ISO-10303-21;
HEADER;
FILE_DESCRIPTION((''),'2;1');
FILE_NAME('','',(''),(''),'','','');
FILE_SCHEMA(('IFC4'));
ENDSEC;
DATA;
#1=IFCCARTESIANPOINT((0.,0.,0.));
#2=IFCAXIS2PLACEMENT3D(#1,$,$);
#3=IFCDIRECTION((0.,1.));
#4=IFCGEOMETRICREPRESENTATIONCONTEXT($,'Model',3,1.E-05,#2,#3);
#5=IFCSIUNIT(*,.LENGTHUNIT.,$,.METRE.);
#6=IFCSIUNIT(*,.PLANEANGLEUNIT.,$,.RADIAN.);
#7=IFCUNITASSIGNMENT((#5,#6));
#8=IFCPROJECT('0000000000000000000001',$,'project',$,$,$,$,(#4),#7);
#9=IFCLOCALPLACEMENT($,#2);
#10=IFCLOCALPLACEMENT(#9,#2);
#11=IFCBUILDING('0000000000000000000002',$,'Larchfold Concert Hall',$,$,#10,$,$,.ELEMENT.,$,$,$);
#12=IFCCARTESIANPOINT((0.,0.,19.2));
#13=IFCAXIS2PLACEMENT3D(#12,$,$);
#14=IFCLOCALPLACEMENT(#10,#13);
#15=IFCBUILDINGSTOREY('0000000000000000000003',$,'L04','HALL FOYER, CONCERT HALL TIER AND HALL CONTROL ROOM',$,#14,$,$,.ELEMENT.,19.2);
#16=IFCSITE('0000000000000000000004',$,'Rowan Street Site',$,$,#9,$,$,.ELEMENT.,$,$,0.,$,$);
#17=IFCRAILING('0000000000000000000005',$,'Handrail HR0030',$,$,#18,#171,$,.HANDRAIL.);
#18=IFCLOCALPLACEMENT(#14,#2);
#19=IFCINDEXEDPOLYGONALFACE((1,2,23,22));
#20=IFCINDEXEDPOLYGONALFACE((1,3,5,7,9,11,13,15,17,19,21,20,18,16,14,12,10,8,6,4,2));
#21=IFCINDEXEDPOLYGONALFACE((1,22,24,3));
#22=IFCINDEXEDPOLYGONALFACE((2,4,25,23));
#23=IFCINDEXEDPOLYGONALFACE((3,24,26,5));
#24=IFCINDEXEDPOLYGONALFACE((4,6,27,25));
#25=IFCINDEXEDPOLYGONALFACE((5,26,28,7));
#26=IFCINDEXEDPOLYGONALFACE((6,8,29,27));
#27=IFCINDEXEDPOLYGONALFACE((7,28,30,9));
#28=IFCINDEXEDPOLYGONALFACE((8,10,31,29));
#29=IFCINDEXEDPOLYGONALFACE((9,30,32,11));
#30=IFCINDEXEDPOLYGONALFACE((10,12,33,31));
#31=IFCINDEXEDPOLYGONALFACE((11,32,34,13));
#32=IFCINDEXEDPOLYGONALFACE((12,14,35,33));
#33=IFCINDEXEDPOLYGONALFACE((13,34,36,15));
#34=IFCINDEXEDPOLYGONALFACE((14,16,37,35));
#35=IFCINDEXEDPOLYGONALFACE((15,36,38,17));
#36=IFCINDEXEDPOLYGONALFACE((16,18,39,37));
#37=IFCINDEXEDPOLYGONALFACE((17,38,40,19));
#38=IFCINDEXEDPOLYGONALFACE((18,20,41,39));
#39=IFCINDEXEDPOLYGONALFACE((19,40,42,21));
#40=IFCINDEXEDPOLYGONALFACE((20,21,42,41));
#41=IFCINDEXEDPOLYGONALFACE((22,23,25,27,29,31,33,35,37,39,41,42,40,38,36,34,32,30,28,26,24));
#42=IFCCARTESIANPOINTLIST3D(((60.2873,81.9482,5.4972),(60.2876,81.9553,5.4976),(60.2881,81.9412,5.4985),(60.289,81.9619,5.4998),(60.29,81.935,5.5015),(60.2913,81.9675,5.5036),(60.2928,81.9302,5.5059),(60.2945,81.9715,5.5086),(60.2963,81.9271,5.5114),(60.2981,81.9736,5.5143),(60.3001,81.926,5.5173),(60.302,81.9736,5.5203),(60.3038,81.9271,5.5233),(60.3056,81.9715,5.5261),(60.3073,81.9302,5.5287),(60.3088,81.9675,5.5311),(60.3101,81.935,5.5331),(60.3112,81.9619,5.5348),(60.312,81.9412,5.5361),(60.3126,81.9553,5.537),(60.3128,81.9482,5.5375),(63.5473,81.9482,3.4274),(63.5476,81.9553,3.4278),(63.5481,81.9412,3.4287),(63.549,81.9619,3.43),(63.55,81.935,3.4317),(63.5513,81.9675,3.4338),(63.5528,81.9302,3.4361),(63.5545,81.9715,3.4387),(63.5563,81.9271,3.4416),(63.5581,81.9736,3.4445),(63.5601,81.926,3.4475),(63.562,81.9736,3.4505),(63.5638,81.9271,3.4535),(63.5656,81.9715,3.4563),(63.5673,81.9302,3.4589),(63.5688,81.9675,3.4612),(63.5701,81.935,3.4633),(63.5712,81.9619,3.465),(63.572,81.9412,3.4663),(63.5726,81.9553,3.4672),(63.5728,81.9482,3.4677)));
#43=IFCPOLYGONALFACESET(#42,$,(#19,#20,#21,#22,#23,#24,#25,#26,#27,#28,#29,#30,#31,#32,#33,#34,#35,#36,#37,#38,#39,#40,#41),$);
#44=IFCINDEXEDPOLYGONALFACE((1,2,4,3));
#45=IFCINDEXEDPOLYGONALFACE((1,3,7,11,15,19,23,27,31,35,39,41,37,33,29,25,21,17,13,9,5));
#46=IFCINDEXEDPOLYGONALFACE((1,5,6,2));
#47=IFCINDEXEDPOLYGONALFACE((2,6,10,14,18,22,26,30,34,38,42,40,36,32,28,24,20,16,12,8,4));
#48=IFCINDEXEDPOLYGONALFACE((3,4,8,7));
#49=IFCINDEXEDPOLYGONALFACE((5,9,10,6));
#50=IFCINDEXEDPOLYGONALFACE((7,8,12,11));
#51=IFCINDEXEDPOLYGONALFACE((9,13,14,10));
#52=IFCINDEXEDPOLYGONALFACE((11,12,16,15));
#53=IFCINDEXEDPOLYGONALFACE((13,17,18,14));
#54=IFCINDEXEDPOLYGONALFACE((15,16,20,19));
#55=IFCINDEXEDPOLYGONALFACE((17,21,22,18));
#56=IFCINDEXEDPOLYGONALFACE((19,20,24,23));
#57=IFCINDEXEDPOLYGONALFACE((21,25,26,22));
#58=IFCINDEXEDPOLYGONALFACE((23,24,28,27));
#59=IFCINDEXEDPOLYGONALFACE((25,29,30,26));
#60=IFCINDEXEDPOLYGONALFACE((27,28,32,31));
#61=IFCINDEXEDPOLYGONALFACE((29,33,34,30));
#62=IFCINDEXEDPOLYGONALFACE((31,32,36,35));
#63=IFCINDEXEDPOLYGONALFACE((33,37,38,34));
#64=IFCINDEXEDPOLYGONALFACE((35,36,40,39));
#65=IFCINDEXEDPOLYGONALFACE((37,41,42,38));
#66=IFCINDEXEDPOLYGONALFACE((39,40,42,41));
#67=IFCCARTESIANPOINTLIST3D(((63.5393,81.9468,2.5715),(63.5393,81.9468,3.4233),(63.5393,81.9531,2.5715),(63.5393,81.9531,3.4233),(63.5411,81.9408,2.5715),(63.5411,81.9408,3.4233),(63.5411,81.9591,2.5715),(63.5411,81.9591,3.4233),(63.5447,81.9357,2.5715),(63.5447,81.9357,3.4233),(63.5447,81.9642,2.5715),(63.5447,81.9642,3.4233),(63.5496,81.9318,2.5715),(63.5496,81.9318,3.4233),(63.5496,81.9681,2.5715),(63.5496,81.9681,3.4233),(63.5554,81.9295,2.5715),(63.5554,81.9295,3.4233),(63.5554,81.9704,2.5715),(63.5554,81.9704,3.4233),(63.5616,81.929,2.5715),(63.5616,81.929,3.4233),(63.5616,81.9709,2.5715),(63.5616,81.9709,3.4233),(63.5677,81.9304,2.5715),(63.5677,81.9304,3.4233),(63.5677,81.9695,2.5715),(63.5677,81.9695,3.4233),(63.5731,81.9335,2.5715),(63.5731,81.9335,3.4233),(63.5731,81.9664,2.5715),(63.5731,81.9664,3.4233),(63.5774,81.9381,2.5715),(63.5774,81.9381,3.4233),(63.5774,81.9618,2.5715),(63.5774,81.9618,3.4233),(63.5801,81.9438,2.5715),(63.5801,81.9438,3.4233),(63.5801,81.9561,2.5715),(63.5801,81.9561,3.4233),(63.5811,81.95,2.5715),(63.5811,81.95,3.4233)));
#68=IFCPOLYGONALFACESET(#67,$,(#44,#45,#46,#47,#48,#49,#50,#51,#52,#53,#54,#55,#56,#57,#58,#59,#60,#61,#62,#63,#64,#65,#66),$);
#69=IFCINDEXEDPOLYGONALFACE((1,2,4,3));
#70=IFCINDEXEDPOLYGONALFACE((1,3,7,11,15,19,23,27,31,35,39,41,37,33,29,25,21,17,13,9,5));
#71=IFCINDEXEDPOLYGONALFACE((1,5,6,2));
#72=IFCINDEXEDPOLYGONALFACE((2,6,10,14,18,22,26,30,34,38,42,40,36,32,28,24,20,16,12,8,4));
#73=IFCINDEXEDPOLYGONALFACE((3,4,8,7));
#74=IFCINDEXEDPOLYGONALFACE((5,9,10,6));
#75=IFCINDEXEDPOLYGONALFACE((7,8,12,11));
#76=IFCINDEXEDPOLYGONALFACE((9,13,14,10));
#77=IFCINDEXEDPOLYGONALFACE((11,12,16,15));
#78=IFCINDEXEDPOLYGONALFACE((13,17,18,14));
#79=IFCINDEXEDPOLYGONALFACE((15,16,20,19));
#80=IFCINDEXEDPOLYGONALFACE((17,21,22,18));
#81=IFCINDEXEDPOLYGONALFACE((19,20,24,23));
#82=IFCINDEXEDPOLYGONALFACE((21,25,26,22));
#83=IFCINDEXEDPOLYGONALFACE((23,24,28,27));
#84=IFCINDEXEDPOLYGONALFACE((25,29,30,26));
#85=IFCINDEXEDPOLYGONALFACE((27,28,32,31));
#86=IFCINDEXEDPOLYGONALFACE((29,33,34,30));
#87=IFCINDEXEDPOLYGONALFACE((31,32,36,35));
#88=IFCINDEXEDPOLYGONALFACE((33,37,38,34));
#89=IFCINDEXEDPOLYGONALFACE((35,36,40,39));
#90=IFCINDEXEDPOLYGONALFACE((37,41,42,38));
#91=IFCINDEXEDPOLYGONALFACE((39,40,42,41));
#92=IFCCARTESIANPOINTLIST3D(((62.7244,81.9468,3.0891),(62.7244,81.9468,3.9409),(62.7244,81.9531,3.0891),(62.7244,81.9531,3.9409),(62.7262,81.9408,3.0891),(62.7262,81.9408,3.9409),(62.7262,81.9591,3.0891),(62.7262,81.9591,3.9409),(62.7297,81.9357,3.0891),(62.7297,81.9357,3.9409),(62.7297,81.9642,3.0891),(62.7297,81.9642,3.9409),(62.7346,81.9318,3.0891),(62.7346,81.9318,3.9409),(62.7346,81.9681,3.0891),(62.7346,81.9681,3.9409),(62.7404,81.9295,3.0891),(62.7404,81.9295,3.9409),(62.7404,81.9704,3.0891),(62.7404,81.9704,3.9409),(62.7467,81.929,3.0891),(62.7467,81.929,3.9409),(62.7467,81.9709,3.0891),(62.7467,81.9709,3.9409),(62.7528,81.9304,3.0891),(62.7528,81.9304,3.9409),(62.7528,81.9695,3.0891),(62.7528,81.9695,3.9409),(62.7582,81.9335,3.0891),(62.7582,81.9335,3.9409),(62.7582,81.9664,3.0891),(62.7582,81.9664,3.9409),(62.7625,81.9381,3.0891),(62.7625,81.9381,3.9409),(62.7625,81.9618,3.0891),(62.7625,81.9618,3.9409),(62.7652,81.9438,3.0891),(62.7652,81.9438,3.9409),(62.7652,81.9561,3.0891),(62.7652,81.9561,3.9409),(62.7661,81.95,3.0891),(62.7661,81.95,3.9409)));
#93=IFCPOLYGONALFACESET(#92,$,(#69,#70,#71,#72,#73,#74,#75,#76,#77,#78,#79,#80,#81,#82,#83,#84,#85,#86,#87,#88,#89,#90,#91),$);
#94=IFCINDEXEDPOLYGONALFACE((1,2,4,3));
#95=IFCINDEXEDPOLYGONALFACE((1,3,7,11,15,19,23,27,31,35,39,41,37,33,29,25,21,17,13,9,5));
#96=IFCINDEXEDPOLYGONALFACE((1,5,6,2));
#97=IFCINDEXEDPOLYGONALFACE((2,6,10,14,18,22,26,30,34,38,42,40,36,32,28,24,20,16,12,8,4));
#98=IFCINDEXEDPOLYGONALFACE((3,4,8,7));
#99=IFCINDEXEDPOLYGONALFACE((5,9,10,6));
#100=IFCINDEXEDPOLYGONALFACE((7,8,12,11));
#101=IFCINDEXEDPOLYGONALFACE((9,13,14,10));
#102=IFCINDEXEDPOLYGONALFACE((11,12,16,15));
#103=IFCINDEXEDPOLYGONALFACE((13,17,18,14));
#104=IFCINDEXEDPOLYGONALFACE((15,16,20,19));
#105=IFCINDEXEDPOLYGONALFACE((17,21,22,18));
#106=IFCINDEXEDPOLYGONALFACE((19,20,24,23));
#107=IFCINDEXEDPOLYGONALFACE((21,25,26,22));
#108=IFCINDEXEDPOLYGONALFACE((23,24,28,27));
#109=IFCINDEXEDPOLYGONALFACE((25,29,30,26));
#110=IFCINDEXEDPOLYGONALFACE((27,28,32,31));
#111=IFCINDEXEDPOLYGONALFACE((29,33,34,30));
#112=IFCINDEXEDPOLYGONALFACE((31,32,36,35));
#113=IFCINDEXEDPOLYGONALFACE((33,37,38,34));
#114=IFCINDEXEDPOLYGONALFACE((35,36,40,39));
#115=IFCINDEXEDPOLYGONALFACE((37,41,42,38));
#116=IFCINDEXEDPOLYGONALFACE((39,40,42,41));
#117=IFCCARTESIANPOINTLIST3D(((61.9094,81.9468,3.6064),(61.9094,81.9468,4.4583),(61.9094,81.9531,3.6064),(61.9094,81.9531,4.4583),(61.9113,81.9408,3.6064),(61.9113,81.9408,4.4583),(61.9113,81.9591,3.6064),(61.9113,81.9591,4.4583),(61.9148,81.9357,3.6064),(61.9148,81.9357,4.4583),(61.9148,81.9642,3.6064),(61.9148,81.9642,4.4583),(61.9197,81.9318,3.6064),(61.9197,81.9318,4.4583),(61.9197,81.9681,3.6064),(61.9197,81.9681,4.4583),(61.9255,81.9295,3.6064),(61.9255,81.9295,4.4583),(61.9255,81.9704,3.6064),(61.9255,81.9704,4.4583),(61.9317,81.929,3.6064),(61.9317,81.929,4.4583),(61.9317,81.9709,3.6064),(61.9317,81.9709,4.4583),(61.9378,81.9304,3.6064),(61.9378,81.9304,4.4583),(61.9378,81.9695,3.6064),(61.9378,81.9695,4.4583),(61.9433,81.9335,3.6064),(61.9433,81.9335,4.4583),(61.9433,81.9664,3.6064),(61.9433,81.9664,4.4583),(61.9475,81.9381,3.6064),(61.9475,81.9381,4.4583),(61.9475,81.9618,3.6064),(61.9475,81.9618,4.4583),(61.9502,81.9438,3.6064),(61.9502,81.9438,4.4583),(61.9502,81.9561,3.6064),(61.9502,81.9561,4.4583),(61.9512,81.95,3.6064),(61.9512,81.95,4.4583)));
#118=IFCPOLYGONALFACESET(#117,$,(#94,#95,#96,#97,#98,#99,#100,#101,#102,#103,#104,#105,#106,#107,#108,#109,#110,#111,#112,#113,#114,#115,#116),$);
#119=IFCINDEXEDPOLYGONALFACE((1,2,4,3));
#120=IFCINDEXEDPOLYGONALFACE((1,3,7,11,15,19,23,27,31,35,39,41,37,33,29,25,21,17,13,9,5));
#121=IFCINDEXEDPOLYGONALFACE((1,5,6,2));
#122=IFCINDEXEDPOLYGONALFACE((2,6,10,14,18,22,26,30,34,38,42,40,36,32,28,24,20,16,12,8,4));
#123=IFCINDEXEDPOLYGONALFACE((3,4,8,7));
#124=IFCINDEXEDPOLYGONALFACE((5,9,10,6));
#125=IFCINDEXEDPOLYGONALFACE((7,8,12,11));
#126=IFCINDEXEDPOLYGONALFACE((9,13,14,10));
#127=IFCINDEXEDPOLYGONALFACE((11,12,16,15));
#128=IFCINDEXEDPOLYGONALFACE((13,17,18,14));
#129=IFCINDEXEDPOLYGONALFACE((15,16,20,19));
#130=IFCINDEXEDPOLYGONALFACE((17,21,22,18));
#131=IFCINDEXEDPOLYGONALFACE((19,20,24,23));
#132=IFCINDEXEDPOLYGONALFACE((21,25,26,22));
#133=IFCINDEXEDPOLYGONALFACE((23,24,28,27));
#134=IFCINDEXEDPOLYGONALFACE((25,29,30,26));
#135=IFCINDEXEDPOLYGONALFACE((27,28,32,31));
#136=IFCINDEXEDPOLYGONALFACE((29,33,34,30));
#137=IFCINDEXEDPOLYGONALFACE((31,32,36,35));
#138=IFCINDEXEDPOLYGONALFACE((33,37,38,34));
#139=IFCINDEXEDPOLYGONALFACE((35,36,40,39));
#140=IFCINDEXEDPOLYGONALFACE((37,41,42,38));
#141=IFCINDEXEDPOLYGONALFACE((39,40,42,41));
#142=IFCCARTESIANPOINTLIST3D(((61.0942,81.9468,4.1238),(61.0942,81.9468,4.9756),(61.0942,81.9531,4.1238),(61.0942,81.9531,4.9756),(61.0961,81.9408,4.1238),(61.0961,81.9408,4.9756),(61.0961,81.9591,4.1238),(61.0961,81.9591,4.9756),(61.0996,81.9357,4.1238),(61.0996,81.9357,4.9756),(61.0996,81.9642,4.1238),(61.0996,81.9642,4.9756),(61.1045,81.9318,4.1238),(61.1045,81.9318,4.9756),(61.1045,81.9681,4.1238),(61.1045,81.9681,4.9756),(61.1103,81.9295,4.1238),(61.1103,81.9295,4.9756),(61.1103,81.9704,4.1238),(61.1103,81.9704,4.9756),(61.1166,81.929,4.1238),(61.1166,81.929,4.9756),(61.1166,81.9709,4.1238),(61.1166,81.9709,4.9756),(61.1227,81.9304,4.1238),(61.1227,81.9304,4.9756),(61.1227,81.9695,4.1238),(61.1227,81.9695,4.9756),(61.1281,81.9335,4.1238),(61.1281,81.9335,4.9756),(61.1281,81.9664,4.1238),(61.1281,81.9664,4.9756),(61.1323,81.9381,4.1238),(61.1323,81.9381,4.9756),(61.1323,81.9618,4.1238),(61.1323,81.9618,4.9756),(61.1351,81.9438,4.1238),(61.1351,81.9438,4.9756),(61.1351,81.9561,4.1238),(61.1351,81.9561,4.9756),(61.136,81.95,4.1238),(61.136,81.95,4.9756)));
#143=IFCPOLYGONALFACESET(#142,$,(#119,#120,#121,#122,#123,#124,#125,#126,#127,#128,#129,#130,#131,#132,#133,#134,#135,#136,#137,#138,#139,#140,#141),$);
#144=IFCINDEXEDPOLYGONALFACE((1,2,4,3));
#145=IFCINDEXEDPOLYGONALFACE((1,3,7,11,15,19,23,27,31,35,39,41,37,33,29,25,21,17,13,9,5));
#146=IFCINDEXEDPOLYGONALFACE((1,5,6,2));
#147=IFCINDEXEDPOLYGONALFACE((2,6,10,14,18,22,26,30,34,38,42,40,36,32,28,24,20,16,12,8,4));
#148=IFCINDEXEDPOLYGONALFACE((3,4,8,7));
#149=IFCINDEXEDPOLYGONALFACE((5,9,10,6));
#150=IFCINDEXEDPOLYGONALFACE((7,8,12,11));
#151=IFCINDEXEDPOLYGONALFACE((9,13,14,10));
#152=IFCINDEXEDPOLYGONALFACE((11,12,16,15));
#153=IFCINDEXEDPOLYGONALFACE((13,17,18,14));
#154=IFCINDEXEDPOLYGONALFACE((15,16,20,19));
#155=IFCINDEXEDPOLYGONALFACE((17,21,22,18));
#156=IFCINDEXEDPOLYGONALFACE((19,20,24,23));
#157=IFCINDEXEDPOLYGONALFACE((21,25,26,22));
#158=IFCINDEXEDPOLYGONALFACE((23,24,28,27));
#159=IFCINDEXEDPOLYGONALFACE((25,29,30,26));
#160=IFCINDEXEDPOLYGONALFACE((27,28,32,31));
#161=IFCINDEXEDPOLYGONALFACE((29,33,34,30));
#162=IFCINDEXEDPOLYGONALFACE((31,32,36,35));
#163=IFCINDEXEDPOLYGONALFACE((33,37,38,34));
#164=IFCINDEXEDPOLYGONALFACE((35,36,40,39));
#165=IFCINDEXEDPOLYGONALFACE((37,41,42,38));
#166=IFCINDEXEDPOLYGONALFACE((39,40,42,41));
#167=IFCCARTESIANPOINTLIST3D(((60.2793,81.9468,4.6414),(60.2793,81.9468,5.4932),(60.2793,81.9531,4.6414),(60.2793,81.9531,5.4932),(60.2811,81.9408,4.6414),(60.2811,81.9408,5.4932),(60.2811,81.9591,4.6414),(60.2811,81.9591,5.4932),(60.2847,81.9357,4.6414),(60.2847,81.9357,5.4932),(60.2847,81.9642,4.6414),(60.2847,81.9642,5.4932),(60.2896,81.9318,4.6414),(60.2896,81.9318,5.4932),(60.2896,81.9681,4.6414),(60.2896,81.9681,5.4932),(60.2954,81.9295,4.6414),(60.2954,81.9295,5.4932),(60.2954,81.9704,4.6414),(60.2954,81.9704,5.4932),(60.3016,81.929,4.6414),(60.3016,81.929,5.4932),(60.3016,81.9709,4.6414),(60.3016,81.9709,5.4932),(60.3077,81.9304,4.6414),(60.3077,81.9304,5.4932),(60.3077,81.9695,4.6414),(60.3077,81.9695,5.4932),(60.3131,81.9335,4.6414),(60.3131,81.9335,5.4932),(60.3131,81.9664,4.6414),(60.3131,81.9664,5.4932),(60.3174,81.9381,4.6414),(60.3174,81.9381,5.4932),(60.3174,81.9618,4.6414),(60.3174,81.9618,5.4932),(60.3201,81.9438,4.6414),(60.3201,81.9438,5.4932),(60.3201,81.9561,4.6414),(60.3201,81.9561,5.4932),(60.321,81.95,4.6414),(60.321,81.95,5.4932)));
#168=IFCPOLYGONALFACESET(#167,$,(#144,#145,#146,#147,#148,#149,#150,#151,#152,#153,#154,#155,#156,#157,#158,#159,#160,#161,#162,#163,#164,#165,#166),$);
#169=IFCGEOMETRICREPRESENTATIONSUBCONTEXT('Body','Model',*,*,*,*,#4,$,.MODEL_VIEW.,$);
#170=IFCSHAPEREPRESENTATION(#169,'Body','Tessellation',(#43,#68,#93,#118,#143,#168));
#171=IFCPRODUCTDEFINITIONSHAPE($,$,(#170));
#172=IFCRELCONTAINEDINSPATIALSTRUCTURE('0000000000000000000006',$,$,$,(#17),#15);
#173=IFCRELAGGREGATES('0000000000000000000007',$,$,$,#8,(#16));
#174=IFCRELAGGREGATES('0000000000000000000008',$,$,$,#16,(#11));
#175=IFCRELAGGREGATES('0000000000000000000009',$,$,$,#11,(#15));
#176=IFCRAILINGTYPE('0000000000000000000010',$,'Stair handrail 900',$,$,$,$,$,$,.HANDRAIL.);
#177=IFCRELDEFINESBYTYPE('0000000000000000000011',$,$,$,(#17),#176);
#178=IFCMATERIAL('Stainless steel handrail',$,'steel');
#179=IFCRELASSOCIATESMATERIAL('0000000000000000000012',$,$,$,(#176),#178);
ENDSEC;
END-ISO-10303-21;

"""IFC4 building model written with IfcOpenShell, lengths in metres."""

from ifc_helpers import new_model, si_unit, direction, frame, origin, origin_2d, place, context, subcontext, project, spatial, circle, extrude, material, type_object, element, save


model = new_model("IFC4")

# Units and contexts
model_context = context("Model", 3, precision=1e-05, world=origin(), true_north=direction((0.0, 1.0)))
body_context = subcontext(model_context, "Body", "Model", "MODEL_VIEW")
ifc_project = project(units=[si_unit("LENGTHUNIT", "METRE"), si_unit("PLANEANGLEUNIT", "RADIAN")], contexts=[model_context])

# Site, building, storey
site_placement = place(None, origin())
site = spatial("IfcSite", under=ifc_project, at=site_placement, Name="Rowan Street Site", CompositionType="ELEMENT", RefElevation=0.0)
building_placement = place(site_placement, origin())
building = spatial("IfcBuilding", under=site, at=building_placement, Name="Larchfold Concert Hall", CompositionType="ELEMENT")
storey_placement = place(building_placement, frame((0.0, 0.0, 19.2)))
storey = spatial("IfcBuildingStorey", under=building, at=storey_placement, Name="L04", Description="HALL FOYER, CONCERT HALL TIER AND HALL CONTROL ROOM", CompositionType="ELEMENT", Elevation=19.2)

# Railing
ifc_material_1 = material(Name="Stainless steel handrail", Category="steel")
railing_type_1 = type_object("IfcRailingType", Name="Stair handrail 900", PredefinedType="HANDRAIL", material=ifc_material_1)
railing_1_placement = place(storey_placement, frame((63.5601, 81.95, 2.5715)))
element("IfcRailing", 1, at=railing_1_placement, inside=storey, type_object=railing_type_1, Name="Handrail HR0030", PredefinedType="HANDRAIL", context=body_context, shape_type="SweptSolid", body=[
    extrude(circle(Radius=0.0239, at=origin_2d()), frame((0.0, 0.0, 0.876), z_axis=(-0.844216, 0.0, 0.536004), x_axis=(0.0, -1.0, 0.0)), (0.0, 0.0, 1.0), 3.8616),
    extrude(circle(Radius=0.021, at=origin_2d()), origin(), (0.0, 0.0, 1.0), 0.8518),
    extrude(circle(Radius=0.021, at=origin_2d()), frame((-0.8149, 0.0, 0.5176)), (0.0, 0.0, 1.0), 0.8518),
    extrude(circle(Radius=0.021, at=origin_2d()), frame((-1.6299, 0.0, 1.0349)), (0.0, 0.0, 1.0), 0.8518),
    extrude(circle(Radius=0.021, at=origin_2d()), frame((-2.4451, 0.0, 1.5522)), (0.0, 0.0, 1.0), 0.8518),
    extrude(circle(Radius=0.021, at=origin_2d()), frame((-3.26, 0.0, 2.0698)), (0.0, 0.0, 1.0), 0.8518),
])

save(model, "model.ifc")
